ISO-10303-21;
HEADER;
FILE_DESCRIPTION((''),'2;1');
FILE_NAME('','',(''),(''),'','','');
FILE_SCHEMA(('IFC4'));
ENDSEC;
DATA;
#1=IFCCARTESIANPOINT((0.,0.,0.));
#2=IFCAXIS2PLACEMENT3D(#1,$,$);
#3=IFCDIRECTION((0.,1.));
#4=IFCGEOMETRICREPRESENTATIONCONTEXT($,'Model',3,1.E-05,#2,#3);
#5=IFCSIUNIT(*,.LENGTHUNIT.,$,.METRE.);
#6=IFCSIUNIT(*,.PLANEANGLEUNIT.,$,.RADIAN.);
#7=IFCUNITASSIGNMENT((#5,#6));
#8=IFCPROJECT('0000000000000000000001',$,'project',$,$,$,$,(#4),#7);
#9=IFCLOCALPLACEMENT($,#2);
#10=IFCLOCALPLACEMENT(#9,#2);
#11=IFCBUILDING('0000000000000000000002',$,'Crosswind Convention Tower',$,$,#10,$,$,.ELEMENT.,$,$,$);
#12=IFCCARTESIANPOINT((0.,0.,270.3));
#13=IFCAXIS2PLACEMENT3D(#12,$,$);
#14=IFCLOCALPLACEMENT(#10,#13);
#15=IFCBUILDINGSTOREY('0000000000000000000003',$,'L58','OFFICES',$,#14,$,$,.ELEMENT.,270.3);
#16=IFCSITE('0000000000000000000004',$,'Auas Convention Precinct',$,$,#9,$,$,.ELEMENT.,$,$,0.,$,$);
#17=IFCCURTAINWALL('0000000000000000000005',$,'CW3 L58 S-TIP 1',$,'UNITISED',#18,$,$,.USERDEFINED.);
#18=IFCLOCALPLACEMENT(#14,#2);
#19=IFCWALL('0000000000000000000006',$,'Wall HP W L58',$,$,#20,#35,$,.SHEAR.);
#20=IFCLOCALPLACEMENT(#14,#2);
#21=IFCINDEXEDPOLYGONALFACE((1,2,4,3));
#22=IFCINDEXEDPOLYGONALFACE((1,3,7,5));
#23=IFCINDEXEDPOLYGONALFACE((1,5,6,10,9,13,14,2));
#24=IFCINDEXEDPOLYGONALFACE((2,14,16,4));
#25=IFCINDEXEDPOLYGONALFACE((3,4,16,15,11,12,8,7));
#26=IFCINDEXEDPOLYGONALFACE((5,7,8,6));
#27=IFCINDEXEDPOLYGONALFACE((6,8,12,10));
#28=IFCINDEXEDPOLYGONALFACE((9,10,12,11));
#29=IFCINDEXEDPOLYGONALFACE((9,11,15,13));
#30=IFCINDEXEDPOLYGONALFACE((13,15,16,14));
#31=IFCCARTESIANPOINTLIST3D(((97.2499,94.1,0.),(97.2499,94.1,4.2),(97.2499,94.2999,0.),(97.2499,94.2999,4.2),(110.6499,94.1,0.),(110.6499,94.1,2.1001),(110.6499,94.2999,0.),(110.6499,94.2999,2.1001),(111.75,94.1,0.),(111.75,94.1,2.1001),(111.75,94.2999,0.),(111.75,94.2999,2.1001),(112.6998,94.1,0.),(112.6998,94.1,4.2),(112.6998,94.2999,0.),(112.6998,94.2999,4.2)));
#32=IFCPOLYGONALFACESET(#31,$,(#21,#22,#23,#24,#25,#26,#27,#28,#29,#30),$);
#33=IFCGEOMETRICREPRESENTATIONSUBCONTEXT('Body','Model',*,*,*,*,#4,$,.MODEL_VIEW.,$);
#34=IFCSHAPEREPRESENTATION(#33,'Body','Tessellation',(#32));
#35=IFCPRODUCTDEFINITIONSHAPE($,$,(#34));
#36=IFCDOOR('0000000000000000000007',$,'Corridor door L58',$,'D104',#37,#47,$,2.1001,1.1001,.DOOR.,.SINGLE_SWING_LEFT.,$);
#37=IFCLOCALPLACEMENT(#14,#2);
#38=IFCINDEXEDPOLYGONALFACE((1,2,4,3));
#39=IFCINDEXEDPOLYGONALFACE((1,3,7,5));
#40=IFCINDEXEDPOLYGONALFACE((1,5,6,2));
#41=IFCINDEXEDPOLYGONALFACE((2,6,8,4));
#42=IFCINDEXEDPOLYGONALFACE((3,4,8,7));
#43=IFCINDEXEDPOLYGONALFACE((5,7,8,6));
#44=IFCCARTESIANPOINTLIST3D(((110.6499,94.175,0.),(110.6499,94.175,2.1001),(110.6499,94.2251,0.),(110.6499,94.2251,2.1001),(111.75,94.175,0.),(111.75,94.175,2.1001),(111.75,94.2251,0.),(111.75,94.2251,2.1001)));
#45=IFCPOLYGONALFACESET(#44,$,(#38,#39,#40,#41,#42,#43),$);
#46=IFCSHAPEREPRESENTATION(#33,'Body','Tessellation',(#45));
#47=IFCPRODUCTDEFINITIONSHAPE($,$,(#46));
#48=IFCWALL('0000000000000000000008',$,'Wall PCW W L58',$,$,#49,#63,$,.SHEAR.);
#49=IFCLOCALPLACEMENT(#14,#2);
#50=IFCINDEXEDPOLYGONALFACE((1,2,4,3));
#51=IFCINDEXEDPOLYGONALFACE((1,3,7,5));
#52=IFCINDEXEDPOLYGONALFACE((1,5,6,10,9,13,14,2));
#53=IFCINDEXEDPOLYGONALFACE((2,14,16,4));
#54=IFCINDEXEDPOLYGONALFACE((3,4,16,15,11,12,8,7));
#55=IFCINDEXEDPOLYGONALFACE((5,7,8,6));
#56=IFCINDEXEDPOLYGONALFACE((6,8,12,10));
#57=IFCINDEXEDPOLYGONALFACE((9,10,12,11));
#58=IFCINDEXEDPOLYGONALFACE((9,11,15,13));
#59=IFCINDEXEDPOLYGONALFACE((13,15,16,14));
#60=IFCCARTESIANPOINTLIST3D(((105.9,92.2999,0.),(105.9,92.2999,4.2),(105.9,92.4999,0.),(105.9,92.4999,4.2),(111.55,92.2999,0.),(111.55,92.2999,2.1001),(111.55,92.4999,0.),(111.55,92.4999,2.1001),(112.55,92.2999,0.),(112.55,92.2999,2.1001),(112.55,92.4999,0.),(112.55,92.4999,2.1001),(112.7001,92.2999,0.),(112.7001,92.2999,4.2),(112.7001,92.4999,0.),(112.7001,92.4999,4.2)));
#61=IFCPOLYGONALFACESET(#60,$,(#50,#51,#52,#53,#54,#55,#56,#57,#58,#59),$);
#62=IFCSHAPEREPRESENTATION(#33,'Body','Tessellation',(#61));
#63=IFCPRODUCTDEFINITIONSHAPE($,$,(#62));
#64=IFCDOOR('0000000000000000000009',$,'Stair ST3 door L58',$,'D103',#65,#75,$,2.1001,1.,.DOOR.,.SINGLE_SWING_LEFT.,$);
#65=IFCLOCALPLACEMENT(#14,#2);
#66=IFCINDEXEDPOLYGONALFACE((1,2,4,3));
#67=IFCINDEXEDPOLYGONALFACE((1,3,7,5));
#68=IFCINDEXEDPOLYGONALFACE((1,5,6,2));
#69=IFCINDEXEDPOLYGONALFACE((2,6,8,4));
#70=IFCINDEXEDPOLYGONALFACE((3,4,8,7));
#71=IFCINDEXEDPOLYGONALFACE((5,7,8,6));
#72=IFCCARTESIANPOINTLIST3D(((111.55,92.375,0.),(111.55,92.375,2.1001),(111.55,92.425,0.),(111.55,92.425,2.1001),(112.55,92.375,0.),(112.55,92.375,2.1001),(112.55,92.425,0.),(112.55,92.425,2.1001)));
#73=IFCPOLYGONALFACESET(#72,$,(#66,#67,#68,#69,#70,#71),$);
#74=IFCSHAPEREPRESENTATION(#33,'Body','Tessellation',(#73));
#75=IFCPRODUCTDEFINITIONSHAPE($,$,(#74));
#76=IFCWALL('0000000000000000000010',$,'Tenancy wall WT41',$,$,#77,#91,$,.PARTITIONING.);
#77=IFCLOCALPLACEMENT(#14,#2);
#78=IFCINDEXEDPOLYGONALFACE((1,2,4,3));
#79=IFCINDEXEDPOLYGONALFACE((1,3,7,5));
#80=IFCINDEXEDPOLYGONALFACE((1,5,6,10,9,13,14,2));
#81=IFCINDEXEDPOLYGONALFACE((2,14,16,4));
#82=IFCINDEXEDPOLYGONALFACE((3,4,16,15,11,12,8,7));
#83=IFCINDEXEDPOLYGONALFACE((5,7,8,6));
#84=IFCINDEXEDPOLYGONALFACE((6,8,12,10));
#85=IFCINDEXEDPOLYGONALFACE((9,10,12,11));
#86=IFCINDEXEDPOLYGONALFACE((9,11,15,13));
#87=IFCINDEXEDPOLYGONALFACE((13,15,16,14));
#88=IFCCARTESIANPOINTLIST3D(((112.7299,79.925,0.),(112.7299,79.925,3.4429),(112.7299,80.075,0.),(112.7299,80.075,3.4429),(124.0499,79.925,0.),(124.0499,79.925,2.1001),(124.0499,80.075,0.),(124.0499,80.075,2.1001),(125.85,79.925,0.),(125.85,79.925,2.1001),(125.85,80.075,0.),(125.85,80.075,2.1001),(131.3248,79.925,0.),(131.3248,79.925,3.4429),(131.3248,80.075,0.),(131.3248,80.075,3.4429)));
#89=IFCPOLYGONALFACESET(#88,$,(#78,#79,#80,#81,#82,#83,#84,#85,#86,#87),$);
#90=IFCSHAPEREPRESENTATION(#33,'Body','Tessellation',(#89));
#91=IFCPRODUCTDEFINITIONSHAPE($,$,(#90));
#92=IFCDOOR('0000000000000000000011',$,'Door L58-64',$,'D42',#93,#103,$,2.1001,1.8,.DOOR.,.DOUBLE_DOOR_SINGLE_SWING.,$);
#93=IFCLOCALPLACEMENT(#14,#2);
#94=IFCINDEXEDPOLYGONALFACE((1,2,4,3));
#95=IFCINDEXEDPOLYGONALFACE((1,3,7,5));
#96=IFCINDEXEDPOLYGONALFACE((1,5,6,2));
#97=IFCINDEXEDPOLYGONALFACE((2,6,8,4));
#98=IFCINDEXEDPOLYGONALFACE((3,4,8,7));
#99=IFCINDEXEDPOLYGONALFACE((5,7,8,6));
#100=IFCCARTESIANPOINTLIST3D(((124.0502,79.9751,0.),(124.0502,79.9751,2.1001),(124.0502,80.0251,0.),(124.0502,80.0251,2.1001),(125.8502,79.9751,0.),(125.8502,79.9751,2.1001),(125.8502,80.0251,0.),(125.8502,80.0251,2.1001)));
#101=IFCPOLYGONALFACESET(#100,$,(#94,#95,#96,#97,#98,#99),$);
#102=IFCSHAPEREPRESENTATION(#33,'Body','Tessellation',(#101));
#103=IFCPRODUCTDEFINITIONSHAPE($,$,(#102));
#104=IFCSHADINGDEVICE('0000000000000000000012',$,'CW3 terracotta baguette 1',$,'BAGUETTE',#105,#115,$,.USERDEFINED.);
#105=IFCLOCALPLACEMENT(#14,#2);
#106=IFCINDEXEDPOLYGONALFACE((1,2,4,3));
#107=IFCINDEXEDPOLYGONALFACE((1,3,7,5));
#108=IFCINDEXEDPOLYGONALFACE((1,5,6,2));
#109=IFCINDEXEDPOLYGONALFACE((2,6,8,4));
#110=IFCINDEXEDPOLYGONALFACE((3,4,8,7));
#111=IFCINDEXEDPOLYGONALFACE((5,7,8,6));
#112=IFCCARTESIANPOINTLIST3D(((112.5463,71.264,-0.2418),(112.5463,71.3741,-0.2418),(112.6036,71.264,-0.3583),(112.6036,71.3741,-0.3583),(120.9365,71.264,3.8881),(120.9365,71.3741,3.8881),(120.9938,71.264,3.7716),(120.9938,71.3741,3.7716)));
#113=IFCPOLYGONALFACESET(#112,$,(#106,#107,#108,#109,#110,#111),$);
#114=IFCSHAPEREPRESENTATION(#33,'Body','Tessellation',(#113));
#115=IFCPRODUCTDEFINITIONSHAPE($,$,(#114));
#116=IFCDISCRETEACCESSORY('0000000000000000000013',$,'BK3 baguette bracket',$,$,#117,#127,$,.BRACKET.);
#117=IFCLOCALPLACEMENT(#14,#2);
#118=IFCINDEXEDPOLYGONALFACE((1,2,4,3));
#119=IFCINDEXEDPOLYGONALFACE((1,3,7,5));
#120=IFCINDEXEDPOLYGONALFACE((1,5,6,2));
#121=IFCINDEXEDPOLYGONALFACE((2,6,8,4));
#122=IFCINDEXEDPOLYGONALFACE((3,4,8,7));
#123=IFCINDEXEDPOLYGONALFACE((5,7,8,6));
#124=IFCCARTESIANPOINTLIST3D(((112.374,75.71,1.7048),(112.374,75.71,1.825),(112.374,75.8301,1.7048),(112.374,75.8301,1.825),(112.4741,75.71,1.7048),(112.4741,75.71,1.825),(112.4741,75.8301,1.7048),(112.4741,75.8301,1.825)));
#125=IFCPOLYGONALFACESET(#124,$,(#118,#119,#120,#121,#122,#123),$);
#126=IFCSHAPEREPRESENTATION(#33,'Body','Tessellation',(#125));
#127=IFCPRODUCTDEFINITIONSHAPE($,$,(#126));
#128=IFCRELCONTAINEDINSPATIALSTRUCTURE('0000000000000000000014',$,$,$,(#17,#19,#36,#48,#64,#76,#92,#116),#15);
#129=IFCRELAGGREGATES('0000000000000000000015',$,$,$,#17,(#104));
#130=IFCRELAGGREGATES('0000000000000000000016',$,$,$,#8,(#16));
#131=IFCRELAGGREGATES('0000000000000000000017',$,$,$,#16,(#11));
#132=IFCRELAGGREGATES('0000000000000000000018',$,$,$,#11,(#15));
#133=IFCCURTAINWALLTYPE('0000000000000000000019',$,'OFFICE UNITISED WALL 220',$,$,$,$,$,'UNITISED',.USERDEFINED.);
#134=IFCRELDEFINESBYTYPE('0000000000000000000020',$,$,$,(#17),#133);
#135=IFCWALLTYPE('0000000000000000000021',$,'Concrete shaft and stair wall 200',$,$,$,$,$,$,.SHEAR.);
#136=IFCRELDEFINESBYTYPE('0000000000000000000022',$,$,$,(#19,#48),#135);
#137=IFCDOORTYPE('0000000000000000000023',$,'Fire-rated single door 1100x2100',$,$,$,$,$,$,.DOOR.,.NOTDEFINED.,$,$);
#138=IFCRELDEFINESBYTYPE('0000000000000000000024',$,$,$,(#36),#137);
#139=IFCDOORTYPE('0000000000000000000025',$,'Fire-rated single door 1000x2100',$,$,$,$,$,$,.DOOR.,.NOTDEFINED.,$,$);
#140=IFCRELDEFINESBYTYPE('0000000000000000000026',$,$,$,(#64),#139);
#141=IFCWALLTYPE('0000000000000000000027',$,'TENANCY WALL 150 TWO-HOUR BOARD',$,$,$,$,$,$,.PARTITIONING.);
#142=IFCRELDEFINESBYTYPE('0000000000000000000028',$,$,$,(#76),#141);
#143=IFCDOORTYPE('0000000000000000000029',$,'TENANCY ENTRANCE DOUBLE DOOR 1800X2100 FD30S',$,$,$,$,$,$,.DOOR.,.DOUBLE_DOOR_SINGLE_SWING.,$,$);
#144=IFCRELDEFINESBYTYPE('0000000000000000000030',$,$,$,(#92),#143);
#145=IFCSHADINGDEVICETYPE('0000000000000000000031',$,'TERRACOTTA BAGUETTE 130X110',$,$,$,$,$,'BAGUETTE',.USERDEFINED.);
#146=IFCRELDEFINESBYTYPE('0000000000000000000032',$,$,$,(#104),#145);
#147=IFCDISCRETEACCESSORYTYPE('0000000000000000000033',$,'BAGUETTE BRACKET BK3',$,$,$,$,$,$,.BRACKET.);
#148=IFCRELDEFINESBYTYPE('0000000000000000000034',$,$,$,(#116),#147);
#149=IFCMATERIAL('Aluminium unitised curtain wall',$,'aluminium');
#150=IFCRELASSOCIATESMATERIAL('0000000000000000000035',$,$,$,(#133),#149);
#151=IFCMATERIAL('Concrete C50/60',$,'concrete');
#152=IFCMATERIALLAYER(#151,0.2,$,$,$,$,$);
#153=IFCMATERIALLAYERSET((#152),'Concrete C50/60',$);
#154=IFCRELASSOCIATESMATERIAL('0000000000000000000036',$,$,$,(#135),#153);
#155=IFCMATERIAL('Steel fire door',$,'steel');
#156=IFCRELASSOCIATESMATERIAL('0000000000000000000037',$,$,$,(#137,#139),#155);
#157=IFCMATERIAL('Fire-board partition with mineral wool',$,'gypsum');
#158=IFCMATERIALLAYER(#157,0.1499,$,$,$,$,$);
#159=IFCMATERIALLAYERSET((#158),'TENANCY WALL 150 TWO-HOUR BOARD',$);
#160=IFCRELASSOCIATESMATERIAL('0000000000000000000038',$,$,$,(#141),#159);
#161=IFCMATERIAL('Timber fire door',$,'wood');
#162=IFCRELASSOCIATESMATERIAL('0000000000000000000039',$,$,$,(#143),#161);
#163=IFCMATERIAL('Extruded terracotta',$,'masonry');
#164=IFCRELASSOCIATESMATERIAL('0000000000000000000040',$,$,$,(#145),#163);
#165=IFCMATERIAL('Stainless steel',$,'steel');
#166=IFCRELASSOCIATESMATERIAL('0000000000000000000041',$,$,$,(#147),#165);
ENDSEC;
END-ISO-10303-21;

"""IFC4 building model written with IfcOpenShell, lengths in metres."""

from ifc_helpers import new_model, si_unit, direction, frame, frame_2d, origin, origin_2d, place, context, subcontext, project, spatial, rectangle, extrude, material, layer, layer_set, material_profile, profile_set, type_object, element, fill, aggregate, save


model = new_model("IFC4")

# Units and contexts
model_context = context("Model", 3, precision=1e-05, world=origin(), true_north=direction((0.0, 1.0)))
body_context = subcontext(model_context, "Body", "Model", "MODEL_VIEW")
ifc_project = project(units=[si_unit("LENGTHUNIT", "METRE"), si_unit("PLANEANGLEUNIT", "RADIAN")], contexts=[model_context])

# Site, building, storey
site_placement = place(None, origin())
site = spatial("IfcSite", under=ifc_project, at=site_placement, Name="Auas Convention Precinct", CompositionType="ELEMENT", RefElevation=0.0)
building_placement = place(site_placement, origin())
building = spatial("IfcBuilding", under=site, at=building_placement, Name="Crosswind Convention Tower", CompositionType="ELEMENT")
storey_placement = place(building_placement, frame((0.0, 0.0, 270.3)))
storey = spatial("IfcBuildingStorey", under=building, at=storey_placement, Name="L58", Description="OFFICES", CompositionType="ELEMENT", Elevation=270.3)

# Shared definitions
ifc_material_1 = material(Name="Aluminium unitised curtain wall", Category="aluminium")
curtain_wall_type_1 = type_object("IfcCurtainWallType", Name="OFFICE UNITISED WALL 220", ElementType="UNITISED", PredefinedType="USERDEFINED", material=ifc_material_1)

# Curtain wall
curtain_wall_1_placement = place(storey_placement, origin())
curtain_wall_1 = element("IfcCurtainWall", 1, at=curtain_wall_1_placement, inside=storey, type_object=curtain_wall_type_1, Name="CW3 L58 S-TIP 1", ObjectType="UNITISED", PredefinedType="USERDEFINED")

# Shared definitions
ifc_material_2 = material(Name="Concrete C50/60", Category="concrete")

# Walls, openings, doors
ifc_layer_1 = layer(ifc_material_2, 0.2)
ifc_layer_set_1 = layer_set([ifc_layer_1], Name="Concrete C50/60")
wall_type_1 = type_object("IfcWallType", Name="Concrete shaft and stair wall 200", PredefinedType="SHEAR", material=ifc_layer_set_1)
wall_1_placement = place(storey_placement, frame((112.7, 94.2, 0.0), z_axis=(0.0, 0.0, 1.0), x_axis=(-1.0, 0.0, 0.0)))
wall_1 = element("IfcWall", 2, at=wall_1_placement, inside=storey, type_object=wall_type_1, Name="Wall HP W L58", PredefinedType="SHEAR", context=body_context, shape_type="SweptSolid", body=[
    extrude(rectangle(XDim=15.45, YDim=0.2, at=frame_2d((7.7251, 0.0))), origin(), (0.0, 0.0, 1.0), 4.2),
])
opening_1_placement = place(wall_1_placement, frame((0.95, 0.0, 0.0)))
opening_1 = element("IfcOpeningElement", 3, at=opening_1_placement, cuts=wall_1, PredefinedType="OPENING", context=body_context, shape_type="SweptSolid", body=[
    extrude(rectangle(XDim=1.1001, YDim=2.1001, at=frame_2d((0.55, 1.05))), frame((0.0, 0.1099, 0.0), z_axis=(0.0, -1.0, 0.0), x_axis=(1.0, 0.0, 0.0)), (0.0, 0.0, 1.0), 0.22),
])
ifc_material_3 = material(Name="Steel fire door", Category="steel")
door_type_1 = type_object("IfcDoorType", Name="Fire-rated single door 1100x2100", OperationType="NOTDEFINED", PredefinedType="DOOR", material=ifc_material_3)
door_1_placement = place(opening_1_placement, origin())
door_1 = element("IfcDoor", 4, at=door_1_placement, inside=storey, type_object=door_type_1, Name="Corridor door L58", ObjectType="D104", OperationType="SINGLE_SWING_LEFT", OverallHeight=2.1001, OverallWidth=1.1001, PredefinedType="DOOR", context=body_context, shape_type="SweptSolid", body=[
    extrude(rectangle(XDim=1.1001, YDim=2.1001, at=frame_2d((0.55, 1.05))), frame((0.0, 0.0249, 0.0), z_axis=(0.0, -1.0, 0.0), x_axis=(1.0, 0.0, 0.0)), (0.0, 0.0, 1.0), 0.05),
])
fill(opening_1, door_1)
wall_2_placement = place(storey_placement, frame((112.7, 92.3999, 0.0), z_axis=(0.0, 0.0, 1.0), x_axis=(-1.0, 0.0, 0.0)))
wall_2 = element("IfcWall", 5, at=wall_2_placement, inside=storey, type_object=wall_type_1, Name="Wall PCW W L58", PredefinedType="SHEAR", context=body_context, shape_type="SweptSolid", body=[
    extrude(rectangle(XDim=6.8, YDim=0.2, at=frame_2d((3.3999, 0.0))), origin(), (0.0, 0.0, 1.0), 4.2),
])
opening_2_placement = place(wall_2_placement, frame((0.1499, 0.0, 0.0)))
opening_2 = element("IfcOpeningElement", 6, at=opening_2_placement, cuts=wall_2, PredefinedType="OPENING", context=body_context, shape_type="SweptSolid", body=[
    extrude(rectangle(XDim=1.0, YDim=2.1001, at=frame_2d((0.5, 1.05))), frame((0.0, 0.1099, 0.0), z_axis=(0.0, -1.0, 0.0), x_axis=(1.0, 0.0, 0.0)), (0.0, 0.0, 1.0), 0.22),
])
door_type_2 = type_object("IfcDoorType", Name="Fire-rated single door 1000x2100", OperationType="NOTDEFINED", PredefinedType="DOOR", material=ifc_material_3)
door_2_placement = place(opening_2_placement, origin())
door_2 = element("IfcDoor", 7, at=door_2_placement, inside=storey, type_object=door_type_2, Name="Stair ST3 door L58", ObjectType="D103", OperationType="SINGLE_SWING_LEFT", OverallHeight=2.1001, OverallWidth=1.0, PredefinedType="DOOR", context=body_context, shape_type="SweptSolid", body=[
    extrude(rectangle(XDim=1.0, YDim=2.1001, at=frame_2d((0.5, 1.05))), frame((0.0, 0.0249, 0.0), z_axis=(0.0, -1.0, 0.0), x_axis=(1.0, 0.0, 0.0)), (0.0, 0.0, 1.0), 0.05),
])
fill(opening_2, door_2)
ifc_material_4 = material(Name="Fire-board partition with mineral wool", Category="gypsum")
ifc_layer_2 = layer(ifc_material_4, 0.1499)
ifc_layer_set_2 = layer_set([ifc_layer_2], Name="TENANCY WALL 150 TWO-HOUR BOARD")
wall_type_2 = type_object("IfcWallType", Name="TENANCY WALL 150 TWO-HOUR BOARD", PredefinedType="PARTITIONING", material=ifc_layer_set_2)
wall_3_placement = place(storey_placement, frame((112.73, 80.0, 0.0), z_axis=(0.0, 0.0, 1.0), x_axis=(1.0, 0.0, 0.0)))
wall_3 = element("IfcWall", 8, at=wall_3_placement, inside=storey, type_object=wall_type_2, Name="Tenancy wall WT41", PredefinedType="PARTITIONING", context=body_context, shape_type="SweptSolid", body=[
    extrude(rectangle(XDim=18.595, YDim=0.1499, at=frame_2d((9.2974, 0.0))), origin(), (0.0, 0.0, 1.0), 3.4429),
])
opening_3_placement = place(wall_3_placement, frame((11.3201, 0.0, 0.0)))
opening_3 = element("IfcOpeningElement", 9, at=opening_3_placement, cuts=wall_3, PredefinedType="OPENING", context=body_context, shape_type="SweptSolid", body=[
    extrude(rectangle(XDim=1.8, YDim=2.1001, at=frame_2d((0.8999, 1.05))), frame((0.0, 0.085, 0.0), z_axis=(0.0, -1.0, 0.0), x_axis=(1.0, 0.0, 0.0)), (0.0, 0.0, 1.0), 0.1699),
])
ifc_material_5 = material(Name="Timber fire door", Category="wood")
door_type_3 = type_object("IfcDoorType", Name="TENANCY ENTRANCE DOUBLE DOOR 1800X2100 FD30S", OperationType="DOUBLE_DOOR_SINGLE_SWING", PredefinedType="DOOR", material=ifc_material_5)
door_3_placement = place(opening_3_placement, frame((1.8, 0.0, 0.0), z_axis=(0.0, 0.0, 1.0), x_axis=(-1.0, 0.0, 0.0)))
door_3 = element("IfcDoor", 10, at=door_3_placement, inside=storey, type_object=door_type_3, Name="Door L58-64", ObjectType="D42", OperationType="DOUBLE_DOOR_SINGLE_SWING", OverallHeight=2.1001, OverallWidth=1.8, PredefinedType="DOOR", context=body_context, shape_type="SweptSolid", body=[
    extrude(rectangle(XDim=1.8, YDim=2.1001, at=frame_2d((0.8999, 1.05))), frame((0.0, 0.0249, 0.0), z_axis=(0.0, -1.0, 0.0), x_axis=(1.0, 0.0, 0.0)), (0.0, 0.0, 1.0), 0.05),
])
fill(opening_3, door_3)

# Shading device
ifc_material_6 = material(Name="Extruded terracotta", Category="masonry")
ifc_material_profile_1 = material_profile(ifc_material_6, rectangle(XDim=0.1101, YDim=0.1299, at=origin_2d()), Name="TC 110X130")
ifc_profile_set_1 = profile_set([ifc_material_profile_1], Name="Extruded terracotta")
shading_device_type = type_object("IfcShadingDeviceType", Name="TERRACOTTA BAGUETTE 130X110", ElementType="BAGUETTE", PredefinedType="USERDEFINED", material=ifc_profile_set_1)
shading_device_placement = place(storey_placement, frame((112.575, 71.3191, -0.3), z_axis=(0.897198, 0.0, 0.441628), x_axis=(0.0, 1.0, 0.0)))
shading_device = element("IfcShadingDevice", 11, at=shading_device_placement, type_object=shading_device_type, Name="CW3 terracotta baguette 1", ObjectType="BAGUETTE", PredefinedType="USERDEFINED", context=body_context, shape_type="SweptSolid", body=[
    extrude(rectangle(XDim=0.1101, YDim=0.1299, at=origin_2d()), origin(), (0.0, 0.0, 1.0), 9.3516),
])
aggregate(curtain_wall_1, [shading_device])

# Discrete accessory
ifc_material_7 = material(Name="Stainless steel", Category="steel")
discrete_accessory_type = type_object("IfcDiscreteAccessoryType", Name="BAGUETTE BRACKET BK3", PredefinedType="BRACKET", material=ifc_material_7)
discrete_accessory_placement = place(storey_placement, frame((112.4241, 75.77, 1.7048), z_axis=(0.0, 0.0, 1.0), x_axis=(0.0, -1.0, 0.0)))
element("IfcDiscreteAccessory", 12, at=discrete_accessory_placement, inside=storey, type_object=discrete_accessory_type, Name="BK3 baguette bracket", PredefinedType="BRACKET", context=body_context, shape_type="SweptSolid", body=[
    extrude(rectangle(XDim=0.1201, YDim=0.1001, at=origin_2d()), origin(), (0.0, 0.0, 1.0), 0.1201),
])

save(model, "model.ifc")
